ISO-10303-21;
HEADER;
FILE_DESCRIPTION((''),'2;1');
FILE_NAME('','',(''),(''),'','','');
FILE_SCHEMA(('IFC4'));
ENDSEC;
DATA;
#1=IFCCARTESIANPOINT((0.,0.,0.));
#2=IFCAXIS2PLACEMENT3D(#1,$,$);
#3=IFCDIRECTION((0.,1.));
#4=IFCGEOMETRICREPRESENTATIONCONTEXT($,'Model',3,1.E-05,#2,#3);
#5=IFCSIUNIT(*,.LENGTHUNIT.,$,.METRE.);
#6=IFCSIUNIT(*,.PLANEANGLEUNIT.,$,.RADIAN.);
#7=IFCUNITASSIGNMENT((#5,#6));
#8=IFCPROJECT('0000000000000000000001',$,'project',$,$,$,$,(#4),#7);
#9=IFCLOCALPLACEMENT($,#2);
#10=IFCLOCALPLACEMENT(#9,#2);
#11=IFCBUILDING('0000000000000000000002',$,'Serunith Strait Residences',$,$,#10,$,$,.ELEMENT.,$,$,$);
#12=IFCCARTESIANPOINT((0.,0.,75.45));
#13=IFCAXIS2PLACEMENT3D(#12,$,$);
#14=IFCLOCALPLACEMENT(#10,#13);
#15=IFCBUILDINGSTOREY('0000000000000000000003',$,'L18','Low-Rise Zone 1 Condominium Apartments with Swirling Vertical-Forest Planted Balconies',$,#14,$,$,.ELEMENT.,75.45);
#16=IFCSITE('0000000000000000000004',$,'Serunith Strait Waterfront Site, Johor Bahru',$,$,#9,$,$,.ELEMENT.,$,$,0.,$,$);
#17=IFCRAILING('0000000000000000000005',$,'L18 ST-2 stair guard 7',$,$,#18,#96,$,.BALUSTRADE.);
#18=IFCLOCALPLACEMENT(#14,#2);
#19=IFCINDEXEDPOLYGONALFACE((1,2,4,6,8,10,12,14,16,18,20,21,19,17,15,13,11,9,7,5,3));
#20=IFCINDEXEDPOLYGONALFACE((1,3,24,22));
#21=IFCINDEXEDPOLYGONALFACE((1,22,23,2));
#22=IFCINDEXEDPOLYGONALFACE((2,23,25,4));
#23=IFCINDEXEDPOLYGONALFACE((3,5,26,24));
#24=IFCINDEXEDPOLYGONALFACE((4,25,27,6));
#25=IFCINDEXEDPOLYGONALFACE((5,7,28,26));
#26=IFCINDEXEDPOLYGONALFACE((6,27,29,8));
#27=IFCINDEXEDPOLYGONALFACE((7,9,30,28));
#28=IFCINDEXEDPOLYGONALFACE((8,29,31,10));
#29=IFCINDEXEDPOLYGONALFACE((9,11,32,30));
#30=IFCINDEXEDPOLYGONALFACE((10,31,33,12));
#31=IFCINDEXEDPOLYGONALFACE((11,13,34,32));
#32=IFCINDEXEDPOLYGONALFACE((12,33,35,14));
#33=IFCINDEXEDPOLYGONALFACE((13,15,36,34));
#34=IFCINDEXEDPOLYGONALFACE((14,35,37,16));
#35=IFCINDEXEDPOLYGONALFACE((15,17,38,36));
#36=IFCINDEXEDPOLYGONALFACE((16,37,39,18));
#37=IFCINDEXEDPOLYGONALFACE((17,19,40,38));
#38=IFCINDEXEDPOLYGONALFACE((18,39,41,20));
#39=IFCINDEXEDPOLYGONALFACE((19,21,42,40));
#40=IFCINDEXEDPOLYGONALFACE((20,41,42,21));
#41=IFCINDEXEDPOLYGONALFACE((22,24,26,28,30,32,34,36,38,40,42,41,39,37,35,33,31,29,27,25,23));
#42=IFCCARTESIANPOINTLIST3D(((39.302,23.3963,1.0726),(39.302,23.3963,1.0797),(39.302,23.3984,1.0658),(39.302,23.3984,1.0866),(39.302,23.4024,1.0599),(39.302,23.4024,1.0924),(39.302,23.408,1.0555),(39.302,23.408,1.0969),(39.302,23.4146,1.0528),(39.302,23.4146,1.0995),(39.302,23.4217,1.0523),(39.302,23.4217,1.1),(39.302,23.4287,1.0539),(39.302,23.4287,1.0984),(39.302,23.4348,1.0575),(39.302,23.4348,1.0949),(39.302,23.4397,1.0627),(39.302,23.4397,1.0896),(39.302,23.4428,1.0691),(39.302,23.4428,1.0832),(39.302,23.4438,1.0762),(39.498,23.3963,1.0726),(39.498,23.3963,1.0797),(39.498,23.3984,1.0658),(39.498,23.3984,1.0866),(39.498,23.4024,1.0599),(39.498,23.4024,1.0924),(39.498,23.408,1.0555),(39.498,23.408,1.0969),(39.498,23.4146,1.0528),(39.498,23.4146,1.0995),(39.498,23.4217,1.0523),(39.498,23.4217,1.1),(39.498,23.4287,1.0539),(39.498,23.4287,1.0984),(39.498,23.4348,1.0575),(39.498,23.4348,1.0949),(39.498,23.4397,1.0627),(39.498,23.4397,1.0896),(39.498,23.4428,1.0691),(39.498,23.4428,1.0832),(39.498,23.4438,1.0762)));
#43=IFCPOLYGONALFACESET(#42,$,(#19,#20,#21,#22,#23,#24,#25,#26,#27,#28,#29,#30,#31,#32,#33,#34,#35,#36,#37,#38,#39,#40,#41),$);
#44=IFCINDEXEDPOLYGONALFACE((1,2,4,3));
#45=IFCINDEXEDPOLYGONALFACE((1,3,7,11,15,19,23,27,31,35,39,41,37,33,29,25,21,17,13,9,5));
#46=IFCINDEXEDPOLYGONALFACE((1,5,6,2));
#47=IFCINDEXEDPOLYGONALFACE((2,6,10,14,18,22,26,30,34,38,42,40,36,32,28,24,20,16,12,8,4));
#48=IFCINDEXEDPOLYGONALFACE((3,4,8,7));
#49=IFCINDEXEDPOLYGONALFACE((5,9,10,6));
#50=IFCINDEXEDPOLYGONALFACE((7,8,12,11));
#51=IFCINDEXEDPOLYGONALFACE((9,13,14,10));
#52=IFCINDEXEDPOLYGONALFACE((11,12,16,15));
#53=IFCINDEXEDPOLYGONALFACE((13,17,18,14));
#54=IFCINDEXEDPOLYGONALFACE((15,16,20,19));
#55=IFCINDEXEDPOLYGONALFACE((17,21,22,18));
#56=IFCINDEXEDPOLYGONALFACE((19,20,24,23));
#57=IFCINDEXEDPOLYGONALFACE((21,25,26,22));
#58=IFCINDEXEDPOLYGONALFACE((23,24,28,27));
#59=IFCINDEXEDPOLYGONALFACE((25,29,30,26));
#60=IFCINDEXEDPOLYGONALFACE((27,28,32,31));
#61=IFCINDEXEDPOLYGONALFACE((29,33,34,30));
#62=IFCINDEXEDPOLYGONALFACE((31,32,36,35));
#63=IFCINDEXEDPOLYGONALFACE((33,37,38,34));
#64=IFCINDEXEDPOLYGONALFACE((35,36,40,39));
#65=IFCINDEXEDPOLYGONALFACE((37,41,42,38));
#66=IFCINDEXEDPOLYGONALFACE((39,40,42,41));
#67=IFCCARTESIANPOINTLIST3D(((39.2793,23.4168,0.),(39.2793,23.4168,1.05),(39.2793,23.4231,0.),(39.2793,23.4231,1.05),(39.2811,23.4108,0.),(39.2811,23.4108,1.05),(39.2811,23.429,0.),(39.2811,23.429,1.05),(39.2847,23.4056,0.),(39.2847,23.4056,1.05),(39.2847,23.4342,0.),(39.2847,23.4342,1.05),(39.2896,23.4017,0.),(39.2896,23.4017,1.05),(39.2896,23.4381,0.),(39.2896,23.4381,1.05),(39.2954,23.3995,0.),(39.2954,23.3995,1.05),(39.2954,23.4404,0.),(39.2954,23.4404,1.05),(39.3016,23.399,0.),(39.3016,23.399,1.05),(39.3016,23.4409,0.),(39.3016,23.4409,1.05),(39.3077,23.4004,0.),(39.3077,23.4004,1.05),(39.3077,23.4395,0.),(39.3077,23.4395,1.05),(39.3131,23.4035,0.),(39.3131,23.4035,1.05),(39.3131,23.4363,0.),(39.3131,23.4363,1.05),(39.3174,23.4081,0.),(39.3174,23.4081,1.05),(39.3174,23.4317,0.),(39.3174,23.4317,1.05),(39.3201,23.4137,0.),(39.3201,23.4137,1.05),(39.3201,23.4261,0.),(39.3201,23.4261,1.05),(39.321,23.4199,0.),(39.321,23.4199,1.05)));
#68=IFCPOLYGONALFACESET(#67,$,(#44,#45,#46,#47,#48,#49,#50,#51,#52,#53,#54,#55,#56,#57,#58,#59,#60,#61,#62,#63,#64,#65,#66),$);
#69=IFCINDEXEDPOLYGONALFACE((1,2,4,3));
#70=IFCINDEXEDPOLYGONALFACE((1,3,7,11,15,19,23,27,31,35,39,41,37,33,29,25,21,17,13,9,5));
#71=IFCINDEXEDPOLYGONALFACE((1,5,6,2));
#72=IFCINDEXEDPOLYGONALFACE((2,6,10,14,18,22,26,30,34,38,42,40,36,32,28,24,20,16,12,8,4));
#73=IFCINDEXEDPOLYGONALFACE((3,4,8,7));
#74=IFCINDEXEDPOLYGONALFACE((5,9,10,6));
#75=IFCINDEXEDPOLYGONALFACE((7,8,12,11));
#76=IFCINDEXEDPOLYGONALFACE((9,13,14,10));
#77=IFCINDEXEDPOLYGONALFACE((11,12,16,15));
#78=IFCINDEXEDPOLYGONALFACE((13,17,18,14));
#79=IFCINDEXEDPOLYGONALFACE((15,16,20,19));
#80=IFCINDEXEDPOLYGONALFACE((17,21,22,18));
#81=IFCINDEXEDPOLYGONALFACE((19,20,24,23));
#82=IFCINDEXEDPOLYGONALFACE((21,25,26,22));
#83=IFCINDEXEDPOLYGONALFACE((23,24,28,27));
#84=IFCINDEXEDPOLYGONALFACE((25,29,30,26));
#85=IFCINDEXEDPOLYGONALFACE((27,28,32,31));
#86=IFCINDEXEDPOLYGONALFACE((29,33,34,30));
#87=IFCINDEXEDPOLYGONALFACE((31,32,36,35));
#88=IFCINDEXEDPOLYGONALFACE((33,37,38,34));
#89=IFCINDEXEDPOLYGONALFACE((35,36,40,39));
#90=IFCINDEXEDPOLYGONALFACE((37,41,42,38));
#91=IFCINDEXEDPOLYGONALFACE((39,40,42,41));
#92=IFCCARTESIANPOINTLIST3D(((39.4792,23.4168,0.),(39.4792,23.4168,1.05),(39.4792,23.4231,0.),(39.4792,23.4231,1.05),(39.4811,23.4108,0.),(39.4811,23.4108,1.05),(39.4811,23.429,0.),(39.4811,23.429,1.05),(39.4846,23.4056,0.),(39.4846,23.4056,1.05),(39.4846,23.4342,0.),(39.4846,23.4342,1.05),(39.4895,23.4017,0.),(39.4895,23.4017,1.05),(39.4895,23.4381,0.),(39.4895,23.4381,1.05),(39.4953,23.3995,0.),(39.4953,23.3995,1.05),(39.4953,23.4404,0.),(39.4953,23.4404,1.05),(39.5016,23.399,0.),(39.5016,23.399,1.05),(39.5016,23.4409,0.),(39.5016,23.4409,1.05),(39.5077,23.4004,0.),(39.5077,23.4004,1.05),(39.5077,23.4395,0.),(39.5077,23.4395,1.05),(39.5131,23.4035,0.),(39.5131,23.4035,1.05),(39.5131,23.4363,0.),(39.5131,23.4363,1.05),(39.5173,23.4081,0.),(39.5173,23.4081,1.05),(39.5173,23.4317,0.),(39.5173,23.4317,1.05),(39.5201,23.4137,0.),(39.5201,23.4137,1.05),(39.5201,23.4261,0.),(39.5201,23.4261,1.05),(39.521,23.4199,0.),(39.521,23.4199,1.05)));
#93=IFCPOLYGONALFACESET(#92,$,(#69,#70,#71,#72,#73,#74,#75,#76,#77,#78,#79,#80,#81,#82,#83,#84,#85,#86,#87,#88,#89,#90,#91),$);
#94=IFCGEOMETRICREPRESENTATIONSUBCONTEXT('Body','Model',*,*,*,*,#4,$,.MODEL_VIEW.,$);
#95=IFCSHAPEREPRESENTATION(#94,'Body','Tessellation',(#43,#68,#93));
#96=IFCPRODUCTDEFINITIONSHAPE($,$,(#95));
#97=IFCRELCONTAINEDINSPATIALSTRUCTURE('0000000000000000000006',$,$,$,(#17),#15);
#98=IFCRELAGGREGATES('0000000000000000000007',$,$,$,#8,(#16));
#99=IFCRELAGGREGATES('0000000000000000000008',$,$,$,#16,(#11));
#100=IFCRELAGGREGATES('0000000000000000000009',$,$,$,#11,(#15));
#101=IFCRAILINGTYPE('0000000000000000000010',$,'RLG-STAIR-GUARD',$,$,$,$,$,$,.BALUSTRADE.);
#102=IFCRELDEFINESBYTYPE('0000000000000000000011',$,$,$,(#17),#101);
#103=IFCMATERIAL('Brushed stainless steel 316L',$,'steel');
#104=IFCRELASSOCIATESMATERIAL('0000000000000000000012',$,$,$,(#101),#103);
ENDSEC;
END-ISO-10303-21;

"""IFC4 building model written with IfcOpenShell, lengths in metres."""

from ifc_helpers import new_model, si_unit, direction, frame, origin, origin_2d, place, context, subcontext, project, spatial, circle, extrude, material, type_object, element, save


model = new_model("IFC4")

# Units and contexts
model_context = context("Model", 3, precision=1e-05, world=origin(), true_north=direction((0.0, 1.0)))
body_context = subcontext(model_context, "Body", "Model", "MODEL_VIEW")
ifc_project = project(units=[si_unit("LENGTHUNIT", "METRE"), si_unit("PLANEANGLEUNIT", "RADIAN")], contexts=[model_context])

# Site, building, storey
site_placement = place(None, origin())
site = spatial("IfcSite", under=ifc_project, at=site_placement, Name="Serunith Strait Waterfront Site, Johor Bahru", CompositionType="ELEMENT", RefElevation=0.0)
building_placement = place(site_placement, origin())
building = spatial("IfcBuilding", under=site, at=building_placement, Name="Serunith Strait Residences", CompositionType="ELEMENT")
storey_placement = place(building_placement, frame((0.0, 0.0, 75.45)))
storey = spatial("IfcBuildingStorey", under=building, at=storey_placement, Name="L18", Description="Low-Rise Zone 1 Condominium Apartments with Swirling Vertical-Forest Planted Balconies", CompositionType="ELEMENT", Elevation=75.45)

# Railing
ifc_material_1 = material(Name="Brushed stainless steel 316L", Category="steel")
railing_type_1 = type_object("IfcRailingType", Name="RLG-STAIR-GUARD", PredefinedType="BALUSTRADE", material=ifc_material_1)
railing_1_placement = place(storey_placement, frame((39.3, 23.4199, 0.0)))
element("IfcRailing", 1, at=railing_1_placement, inside=storey, type_object=railing_type_1, Name="L18 ST-2 stair guard 7", PredefinedType="BALUSTRADE", context=body_context, shape_type="SweptSolid", body=[
    extrude(circle(Radius=0.0239, at=origin_2d()), frame((0.002, 0.0, 1.0762), z_axis=(1.0, 0.0, 0.0), x_axis=(0.0, 1.0, 0.0)), (0.0, 0.0, 1.0), 0.196),
    extrude(circle(Radius=0.021, at=origin_2d()), origin(), (0.0, 0.0, 1.0), 1.05),
    extrude(circle(Radius=0.021, at=origin_2d()), frame((0.2, 0.0, 0.0)), (0.0, 0.0, 1.0), 1.05),
])

save(model, "model.ifc")
